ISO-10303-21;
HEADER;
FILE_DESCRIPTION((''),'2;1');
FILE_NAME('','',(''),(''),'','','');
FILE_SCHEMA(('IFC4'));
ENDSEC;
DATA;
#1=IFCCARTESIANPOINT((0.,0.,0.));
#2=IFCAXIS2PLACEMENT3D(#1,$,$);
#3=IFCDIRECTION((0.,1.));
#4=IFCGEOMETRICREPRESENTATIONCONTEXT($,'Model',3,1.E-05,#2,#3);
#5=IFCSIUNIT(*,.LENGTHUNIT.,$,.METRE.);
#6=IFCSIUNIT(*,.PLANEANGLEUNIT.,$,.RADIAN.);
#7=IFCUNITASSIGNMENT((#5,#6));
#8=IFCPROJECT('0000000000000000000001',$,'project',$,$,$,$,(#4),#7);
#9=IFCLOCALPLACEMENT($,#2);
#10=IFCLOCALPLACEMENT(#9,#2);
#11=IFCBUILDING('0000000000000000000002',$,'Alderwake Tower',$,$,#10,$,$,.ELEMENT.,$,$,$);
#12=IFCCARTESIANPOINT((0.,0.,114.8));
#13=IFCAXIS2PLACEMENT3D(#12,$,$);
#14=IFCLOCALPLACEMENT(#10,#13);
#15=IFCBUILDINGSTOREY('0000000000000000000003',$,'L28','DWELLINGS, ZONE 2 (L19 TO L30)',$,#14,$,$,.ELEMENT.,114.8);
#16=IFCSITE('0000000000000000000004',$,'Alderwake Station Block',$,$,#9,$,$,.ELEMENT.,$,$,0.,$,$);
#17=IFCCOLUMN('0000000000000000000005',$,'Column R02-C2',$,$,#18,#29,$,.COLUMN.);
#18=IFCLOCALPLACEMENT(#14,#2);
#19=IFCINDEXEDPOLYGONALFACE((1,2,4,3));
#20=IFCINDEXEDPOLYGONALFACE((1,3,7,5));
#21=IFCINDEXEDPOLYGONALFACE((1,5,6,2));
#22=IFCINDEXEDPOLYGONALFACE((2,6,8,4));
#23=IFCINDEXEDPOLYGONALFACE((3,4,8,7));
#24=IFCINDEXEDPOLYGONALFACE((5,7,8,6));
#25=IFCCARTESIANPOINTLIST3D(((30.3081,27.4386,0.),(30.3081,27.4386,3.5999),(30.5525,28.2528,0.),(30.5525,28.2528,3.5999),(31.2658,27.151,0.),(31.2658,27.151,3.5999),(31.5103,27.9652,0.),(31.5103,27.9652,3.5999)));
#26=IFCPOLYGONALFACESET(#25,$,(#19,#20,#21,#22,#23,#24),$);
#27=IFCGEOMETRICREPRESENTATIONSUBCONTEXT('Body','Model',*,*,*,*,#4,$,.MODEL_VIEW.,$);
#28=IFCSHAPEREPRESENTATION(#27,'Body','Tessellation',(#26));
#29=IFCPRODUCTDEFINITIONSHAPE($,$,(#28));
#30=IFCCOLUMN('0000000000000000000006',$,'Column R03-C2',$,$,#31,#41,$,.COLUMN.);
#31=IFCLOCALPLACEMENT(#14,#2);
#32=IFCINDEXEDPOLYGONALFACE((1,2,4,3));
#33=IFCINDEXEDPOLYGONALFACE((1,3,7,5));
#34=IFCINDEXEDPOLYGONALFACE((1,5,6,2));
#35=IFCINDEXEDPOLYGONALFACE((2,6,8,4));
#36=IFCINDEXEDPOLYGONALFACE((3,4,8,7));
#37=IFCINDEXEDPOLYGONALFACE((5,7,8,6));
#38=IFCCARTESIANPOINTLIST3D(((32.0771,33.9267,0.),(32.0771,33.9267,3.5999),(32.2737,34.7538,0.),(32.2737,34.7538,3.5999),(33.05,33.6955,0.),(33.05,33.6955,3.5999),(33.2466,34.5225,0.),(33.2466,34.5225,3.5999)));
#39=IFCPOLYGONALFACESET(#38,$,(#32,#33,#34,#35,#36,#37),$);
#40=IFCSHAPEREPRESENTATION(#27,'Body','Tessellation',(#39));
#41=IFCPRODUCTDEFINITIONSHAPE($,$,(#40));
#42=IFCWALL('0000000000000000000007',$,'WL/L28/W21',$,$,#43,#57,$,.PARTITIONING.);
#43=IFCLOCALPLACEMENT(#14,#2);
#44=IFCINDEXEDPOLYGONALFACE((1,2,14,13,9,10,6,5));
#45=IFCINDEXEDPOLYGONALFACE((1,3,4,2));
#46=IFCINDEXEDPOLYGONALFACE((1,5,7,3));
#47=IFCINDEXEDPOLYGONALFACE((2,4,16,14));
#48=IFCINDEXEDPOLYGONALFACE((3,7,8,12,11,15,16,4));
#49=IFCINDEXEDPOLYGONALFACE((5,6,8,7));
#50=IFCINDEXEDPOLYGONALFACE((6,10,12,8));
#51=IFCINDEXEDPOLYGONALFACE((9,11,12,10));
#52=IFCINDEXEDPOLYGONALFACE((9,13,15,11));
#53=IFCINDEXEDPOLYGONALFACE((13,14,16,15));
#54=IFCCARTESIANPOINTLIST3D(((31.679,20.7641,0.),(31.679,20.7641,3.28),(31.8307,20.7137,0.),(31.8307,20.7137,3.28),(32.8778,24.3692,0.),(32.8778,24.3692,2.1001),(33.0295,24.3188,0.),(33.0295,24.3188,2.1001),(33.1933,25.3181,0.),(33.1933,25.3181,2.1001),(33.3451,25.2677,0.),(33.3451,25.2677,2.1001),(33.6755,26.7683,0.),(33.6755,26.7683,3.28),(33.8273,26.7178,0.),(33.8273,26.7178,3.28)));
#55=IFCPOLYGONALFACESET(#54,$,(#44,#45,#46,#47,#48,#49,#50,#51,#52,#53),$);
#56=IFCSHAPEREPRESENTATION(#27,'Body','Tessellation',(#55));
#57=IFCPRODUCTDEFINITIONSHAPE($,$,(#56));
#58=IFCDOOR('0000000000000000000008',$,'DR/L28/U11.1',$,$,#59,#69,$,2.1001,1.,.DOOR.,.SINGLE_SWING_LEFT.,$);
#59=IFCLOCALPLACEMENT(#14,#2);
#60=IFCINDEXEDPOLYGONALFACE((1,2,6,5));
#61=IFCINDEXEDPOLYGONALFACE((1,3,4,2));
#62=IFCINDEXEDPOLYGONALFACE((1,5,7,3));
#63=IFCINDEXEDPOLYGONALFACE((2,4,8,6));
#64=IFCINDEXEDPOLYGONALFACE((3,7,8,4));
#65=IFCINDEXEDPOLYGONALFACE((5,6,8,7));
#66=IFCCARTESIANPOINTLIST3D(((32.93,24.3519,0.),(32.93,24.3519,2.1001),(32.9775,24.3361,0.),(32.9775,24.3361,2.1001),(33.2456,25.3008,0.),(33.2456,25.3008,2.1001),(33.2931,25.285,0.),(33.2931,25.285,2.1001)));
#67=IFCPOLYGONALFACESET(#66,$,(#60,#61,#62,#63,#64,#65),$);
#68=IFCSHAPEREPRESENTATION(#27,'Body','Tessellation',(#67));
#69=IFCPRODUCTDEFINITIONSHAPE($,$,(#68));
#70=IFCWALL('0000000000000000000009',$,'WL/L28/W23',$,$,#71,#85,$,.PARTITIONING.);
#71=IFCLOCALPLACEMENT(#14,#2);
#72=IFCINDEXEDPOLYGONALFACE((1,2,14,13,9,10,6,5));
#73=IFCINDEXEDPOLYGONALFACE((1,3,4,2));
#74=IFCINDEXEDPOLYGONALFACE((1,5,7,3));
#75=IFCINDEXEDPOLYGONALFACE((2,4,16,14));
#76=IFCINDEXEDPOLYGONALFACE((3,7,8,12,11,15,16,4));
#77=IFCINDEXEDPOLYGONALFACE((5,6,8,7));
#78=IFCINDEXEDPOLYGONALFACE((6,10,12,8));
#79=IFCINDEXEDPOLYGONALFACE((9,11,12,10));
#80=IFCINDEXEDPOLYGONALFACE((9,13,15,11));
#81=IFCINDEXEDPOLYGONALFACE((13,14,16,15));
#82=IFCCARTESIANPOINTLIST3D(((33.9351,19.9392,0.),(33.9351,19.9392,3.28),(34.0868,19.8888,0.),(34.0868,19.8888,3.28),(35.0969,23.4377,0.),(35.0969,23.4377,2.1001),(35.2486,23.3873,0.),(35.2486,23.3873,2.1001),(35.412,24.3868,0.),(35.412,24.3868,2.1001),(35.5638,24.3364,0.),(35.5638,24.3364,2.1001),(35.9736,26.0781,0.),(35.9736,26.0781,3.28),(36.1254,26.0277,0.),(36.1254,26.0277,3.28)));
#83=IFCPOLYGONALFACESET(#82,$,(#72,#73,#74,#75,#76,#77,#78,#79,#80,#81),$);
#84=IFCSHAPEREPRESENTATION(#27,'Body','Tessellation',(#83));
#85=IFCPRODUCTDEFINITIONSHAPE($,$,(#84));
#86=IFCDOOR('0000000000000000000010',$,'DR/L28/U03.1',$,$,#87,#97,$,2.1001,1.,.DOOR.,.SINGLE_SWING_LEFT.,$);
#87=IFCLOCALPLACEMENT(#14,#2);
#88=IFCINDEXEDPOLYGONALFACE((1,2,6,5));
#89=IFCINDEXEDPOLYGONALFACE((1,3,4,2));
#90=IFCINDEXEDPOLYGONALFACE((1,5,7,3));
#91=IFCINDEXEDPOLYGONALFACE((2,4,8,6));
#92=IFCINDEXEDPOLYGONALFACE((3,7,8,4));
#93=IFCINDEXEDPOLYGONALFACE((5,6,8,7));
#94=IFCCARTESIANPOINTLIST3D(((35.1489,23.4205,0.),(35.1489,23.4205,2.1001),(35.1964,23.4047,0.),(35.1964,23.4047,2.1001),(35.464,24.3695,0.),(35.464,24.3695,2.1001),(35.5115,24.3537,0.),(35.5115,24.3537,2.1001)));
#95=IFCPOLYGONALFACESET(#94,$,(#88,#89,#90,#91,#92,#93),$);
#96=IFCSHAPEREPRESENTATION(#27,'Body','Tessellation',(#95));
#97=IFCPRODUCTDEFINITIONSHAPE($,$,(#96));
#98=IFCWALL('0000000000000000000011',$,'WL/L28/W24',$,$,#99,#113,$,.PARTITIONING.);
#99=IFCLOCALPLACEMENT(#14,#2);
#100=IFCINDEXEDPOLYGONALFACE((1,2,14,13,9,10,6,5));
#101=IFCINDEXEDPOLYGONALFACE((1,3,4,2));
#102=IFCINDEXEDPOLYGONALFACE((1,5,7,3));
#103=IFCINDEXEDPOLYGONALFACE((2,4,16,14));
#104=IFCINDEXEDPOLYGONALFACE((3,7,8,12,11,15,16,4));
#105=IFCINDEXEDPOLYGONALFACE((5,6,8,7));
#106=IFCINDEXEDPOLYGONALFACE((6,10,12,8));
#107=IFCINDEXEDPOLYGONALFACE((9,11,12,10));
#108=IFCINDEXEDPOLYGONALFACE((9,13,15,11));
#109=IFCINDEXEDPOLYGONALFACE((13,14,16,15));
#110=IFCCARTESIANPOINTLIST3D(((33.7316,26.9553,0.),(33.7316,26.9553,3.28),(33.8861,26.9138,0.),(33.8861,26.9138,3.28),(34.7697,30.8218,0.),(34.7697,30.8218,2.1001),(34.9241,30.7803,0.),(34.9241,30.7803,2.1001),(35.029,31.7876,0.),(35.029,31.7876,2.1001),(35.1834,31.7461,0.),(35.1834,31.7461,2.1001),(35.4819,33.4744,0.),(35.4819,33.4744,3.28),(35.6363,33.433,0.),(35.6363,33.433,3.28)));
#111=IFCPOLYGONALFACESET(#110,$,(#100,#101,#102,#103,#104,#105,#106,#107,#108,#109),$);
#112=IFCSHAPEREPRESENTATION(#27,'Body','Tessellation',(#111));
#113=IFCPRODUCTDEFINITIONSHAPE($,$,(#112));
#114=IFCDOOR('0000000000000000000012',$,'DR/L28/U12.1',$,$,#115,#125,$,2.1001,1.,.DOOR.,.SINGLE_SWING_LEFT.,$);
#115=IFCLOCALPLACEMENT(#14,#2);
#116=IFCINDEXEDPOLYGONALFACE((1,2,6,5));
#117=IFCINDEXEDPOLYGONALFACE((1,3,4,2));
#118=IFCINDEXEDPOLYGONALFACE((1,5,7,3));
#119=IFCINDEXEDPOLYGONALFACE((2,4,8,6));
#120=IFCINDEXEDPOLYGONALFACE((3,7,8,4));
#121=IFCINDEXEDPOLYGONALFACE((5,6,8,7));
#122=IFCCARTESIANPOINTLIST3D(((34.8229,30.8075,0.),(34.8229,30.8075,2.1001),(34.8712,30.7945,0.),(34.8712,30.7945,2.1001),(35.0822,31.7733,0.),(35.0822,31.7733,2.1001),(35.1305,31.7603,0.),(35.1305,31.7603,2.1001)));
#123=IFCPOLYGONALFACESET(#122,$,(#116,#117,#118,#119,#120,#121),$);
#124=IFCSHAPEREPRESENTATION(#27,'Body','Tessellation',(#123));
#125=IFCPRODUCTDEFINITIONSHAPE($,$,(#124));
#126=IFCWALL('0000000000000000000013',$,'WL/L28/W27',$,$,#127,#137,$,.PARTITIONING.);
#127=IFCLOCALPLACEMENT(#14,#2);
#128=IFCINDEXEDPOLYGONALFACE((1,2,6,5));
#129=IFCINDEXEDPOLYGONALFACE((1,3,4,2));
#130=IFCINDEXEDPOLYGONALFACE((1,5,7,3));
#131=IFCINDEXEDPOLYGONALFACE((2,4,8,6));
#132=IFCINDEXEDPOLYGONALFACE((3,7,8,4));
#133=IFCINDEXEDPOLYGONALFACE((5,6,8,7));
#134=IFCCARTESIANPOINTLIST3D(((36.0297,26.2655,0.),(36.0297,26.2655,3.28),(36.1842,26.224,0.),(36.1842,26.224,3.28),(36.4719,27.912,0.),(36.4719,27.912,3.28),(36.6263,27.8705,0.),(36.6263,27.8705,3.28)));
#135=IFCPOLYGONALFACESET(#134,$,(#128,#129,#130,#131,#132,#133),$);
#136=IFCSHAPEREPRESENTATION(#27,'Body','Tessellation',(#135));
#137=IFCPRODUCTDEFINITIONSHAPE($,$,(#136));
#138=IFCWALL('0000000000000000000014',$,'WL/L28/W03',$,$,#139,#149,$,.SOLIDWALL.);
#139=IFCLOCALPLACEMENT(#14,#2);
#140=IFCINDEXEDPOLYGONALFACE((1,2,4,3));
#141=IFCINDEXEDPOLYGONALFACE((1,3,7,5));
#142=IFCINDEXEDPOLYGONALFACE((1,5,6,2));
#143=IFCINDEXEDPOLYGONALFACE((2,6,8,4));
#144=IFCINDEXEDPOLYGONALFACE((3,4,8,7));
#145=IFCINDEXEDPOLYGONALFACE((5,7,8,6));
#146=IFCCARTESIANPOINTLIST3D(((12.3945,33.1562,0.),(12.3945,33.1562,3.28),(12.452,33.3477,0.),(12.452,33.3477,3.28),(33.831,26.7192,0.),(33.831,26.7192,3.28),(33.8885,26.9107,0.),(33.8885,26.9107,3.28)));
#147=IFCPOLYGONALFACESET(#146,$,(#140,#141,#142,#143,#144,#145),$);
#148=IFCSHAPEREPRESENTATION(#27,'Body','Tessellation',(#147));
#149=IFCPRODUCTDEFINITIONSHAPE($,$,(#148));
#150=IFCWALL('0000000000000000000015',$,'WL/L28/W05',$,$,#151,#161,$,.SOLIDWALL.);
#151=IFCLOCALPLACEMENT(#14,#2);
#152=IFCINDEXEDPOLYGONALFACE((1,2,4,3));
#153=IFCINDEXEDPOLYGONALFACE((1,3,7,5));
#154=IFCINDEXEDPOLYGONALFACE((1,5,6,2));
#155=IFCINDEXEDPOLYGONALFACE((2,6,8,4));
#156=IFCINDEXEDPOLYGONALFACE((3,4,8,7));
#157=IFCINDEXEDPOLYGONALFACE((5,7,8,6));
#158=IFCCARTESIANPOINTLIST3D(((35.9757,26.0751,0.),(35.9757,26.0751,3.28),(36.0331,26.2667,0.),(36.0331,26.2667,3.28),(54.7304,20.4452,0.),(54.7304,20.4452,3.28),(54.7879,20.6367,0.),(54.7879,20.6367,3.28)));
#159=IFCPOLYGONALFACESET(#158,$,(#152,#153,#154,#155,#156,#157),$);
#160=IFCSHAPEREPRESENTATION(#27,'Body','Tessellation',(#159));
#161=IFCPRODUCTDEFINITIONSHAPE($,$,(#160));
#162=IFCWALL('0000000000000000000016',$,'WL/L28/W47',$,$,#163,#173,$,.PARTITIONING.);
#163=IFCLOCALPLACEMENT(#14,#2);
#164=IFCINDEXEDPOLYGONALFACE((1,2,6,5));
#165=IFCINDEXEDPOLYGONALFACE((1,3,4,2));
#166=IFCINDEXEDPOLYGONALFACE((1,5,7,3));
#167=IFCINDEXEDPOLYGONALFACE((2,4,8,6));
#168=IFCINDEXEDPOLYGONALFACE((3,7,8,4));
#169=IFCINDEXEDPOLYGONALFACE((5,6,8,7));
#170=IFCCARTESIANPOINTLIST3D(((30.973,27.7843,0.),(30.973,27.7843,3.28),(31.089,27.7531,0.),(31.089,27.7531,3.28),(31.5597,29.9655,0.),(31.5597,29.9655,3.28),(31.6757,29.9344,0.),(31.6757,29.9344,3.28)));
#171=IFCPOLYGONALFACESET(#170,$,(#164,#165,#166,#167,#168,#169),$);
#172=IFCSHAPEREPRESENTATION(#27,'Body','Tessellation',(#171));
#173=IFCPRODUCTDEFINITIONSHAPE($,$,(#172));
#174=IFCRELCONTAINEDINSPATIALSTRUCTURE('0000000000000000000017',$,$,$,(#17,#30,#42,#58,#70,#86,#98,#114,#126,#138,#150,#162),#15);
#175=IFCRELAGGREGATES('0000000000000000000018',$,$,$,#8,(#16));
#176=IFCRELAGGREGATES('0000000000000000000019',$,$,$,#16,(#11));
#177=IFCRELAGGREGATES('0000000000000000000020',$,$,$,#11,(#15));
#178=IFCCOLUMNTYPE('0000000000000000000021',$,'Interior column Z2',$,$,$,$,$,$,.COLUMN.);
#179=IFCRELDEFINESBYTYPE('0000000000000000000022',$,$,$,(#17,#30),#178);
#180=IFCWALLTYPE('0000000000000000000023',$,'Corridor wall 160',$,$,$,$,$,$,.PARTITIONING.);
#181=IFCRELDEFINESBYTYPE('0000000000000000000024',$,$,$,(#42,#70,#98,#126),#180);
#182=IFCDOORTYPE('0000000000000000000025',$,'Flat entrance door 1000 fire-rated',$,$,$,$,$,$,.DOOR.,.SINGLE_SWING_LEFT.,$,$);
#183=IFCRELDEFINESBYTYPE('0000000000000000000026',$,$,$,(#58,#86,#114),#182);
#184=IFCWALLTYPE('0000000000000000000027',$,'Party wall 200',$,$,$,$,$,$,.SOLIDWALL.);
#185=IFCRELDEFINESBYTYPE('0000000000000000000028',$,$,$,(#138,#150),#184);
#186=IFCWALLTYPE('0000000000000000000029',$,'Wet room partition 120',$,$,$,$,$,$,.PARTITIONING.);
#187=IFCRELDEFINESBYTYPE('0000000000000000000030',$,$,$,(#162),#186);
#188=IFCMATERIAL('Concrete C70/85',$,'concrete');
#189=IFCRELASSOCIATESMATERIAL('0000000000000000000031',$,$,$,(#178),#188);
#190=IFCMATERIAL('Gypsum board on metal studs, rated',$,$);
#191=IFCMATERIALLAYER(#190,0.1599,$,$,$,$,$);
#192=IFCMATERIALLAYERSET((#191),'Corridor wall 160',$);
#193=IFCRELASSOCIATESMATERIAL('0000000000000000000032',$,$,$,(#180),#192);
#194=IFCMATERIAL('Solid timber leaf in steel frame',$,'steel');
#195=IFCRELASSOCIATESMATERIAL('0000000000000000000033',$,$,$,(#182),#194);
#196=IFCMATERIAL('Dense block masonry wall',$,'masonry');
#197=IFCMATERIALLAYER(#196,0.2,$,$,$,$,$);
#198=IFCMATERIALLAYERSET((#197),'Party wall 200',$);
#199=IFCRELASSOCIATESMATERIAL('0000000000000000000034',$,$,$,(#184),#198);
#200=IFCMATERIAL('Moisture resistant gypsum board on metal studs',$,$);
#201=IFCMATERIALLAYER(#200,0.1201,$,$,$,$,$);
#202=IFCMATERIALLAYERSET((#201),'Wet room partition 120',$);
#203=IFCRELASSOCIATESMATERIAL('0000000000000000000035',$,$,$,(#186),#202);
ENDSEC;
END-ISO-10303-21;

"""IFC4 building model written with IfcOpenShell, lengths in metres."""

from ifc_helpers import new_model, si_unit, direction, frame, frame_2d, origin, origin_2d, place, context, subcontext, project, spatial, rectangle, extrude, material, layer, layer_set, material_profile, profile_set, type_object, element, fill, save


model = new_model("IFC4")

# Units and contexts
model_context = context("Model", 3, precision=1e-05, world=origin(), true_north=direction((0.0, 1.0)))
body_context = subcontext(model_context, "Body", "Model", "MODEL_VIEW")
ifc_project = project(units=[si_unit("LENGTHUNIT", "METRE"), si_unit("PLANEANGLEUNIT", "RADIAN")], contexts=[model_context])

# Site, building, storey
site_placement = place(None, origin())
site = spatial("IfcSite", under=ifc_project, at=site_placement, Name="Alderwake Station Block", CompositionType="ELEMENT", RefElevation=0.0)
building_placement = place(site_placement, origin())
building = spatial("IfcBuilding", under=site, at=building_placement, Name="Alderwake Tower", CompositionType="ELEMENT")
storey_placement = place(building_placement, frame((0.0, 0.0, 114.8)))
storey = spatial("IfcBuildingStorey", under=building, at=storey_placement, Name="L28", Description="DWELLINGS, ZONE 2 (L19 TO L30)", CompositionType="ELEMENT", Elevation=114.8)

# Columns
ifc_material_1 = material(Name="Concrete C70/85", Category="concrete")
ifc_material_profile = material_profile(ifc_material_1, rectangle(XDim=0.8501, YDim=1.0, at=origin_2d()), Name="RC 1000X850")
ifc_profile_set = profile_set([ifc_material_profile], Name="Concrete C70/85")
column_type = type_object("IfcColumnType", Name="Interior column Z2", PredefinedType="COLUMN", material=ifc_profile_set)
for number, where, z_axis, x_axis, name in (
    (1, (30.9092, 27.7019, 0.0), (0.0, 0.0, 1.0), (0.287549, 0.957766, 0.0), "Column R02-C2"),
    (2, (32.6619, 34.2246, 0.0), (0.0, 0.0, 1.0), (0.231222, 0.972901, 0.0), "Column R03-C2"),
):
    element("IfcColumn", number, at=place(storey_placement, frame(where, z_axis=z_axis, x_axis=x_axis)), inside=storey, type_object=column_type, Name=name, PredefinedType="COLUMN", context=body_context, shape_type="SweptSolid", body=[
        extrude(rectangle(XDim=0.8501, YDim=1.0, at=origin_2d()), origin(), (0.0, 0.0, 1.0), 3.5999),
    ])

# Walls, openings, doors
ifc_material_2 = material(Name="Gypsum board on metal studs, rated")
ifc_layer_1 = layer(ifc_material_2, 0.1599)
ifc_layer_set_1 = layer_set([ifc_layer_1], Name="Corridor wall 160")
wall_type_1 = type_object("IfcWallType", Name="Corridor wall 160", PredefinedType="PARTITIONING", material=ifc_layer_set_1)
wall_1_placement = place(storey_placement, frame((31.7549, 20.739, 0.0), z_axis=(0.0, 0.0, 1.0), x_axis=(0.315545, 0.948911, 0.0)))
wall_1 = element("IfcWall", 3, at=wall_1_placement, inside=storey, type_object=wall_type_1, Name="WL/L28/W21", PredefinedType="PARTITIONING", context=body_context, shape_type="SweptSolid", body=[
    extrude(rectangle(XDim=6.3274, YDim=0.1599, at=frame_2d((3.1636, 0.0))), origin(), (0.0, 0.0, 1.0), 3.28),
])
opening_1_placement = place(wall_1_placement, frame((3.7991, 0.0, 0.0)))
opening_1 = element("IfcOpeningElement", 4, at=opening_1_placement, cuts=wall_1, PredefinedType="OPENING", context=body_context, shape_type="SweptSolid", body=[
    extrude(rectangle(XDim=1.0, YDim=2.1001, at=frame_2d((0.5, 1.05))), frame((0.0, 0.0898, 0.0), z_axis=(0.0, -1.0, 0.0), x_axis=(1.0, 0.0, 0.0)), (0.0, 0.0, 1.0), 0.1799),
])
ifc_material_3 = material(Name="Solid timber leaf in steel frame", Category="steel")
door_type_1 = type_object("IfcDoorType", Name="Flat entrance door 1000 fire-rated", OperationType="SINGLE_SWING_LEFT", PredefinedType="DOOR", material=ifc_material_3)
door_1_placement = place(opening_1_placement, origin())
door_1 = element("IfcDoor", 5, at=door_1_placement, inside=storey, type_object=door_type_1, Name="DR/L28/U11.1", OperationType="SINGLE_SWING_LEFT", OverallHeight=2.1001, OverallWidth=1.0, PredefinedType="DOOR", context=body_context, shape_type="SweptSolid", body=[
    extrude(rectangle(XDim=1.0, YDim=2.1001, at=frame_2d((0.5, 1.05))), frame((0.0, 0.0249, 0.0), z_axis=(0.0, -1.0, 0.0), x_axis=(1.0, 0.0, 0.0)), (0.0, 0.0, 1.0), 0.05),
])
fill(opening_1, door_1)
wall_2_placement = place(storey_placement, frame((36.0496, 26.053, 0.0), z_axis=(0.0, 0.0, 1.0), x_axis=(-0.315152, -0.949041, 0.0)))
wall_2 = element("IfcWall", 6, at=wall_2_placement, inside=storey, type_object=wall_type_1, Name="WL/L28/W23", PredefinedType="PARTITIONING", context=body_context, shape_type="SweptSolid", body=[
    extrude(rectangle(XDim=6.4685, YDim=0.1599, at=frame_2d((3.2344, 0.0))), origin(), (0.0, 0.0, 1.0), 3.28),
])
opening_2_placement = place(wall_2_placement, frame((1.7822, 0.0, 0.0)))
opening_2 = element("IfcOpeningElement", 7, at=opening_2_placement, cuts=wall_2, PredefinedType="OPENING", context=body_context, shape_type="SweptSolid", body=[
    extrude(rectangle(XDim=1.0, YDim=2.1001, at=frame_2d((0.5, 1.05))), frame((0.0, 0.0898, 0.0), z_axis=(0.0, -1.0, 0.0), x_axis=(1.0, 0.0, 0.0)), (0.0, 0.0, 1.0), 0.1799),
])
door_2_placement = place(opening_2_placement, origin())
door_2 = element("IfcDoor", 8, at=door_2_placement, inside=storey, type_object=door_type_1, Name="DR/L28/U03.1", OperationType="SINGLE_SWING_LEFT", OverallHeight=2.1001, OverallWidth=1.0, PredefinedType="DOOR", context=body_context, shape_type="SweptSolid", body=[
    extrude(rectangle(XDim=1.0, YDim=2.1001, at=frame_2d((0.5, 1.05))), frame((0.0, 0.0249, 0.0), z_axis=(0.0, -1.0, 0.0), x_axis=(1.0, 0.0, 0.0)), (0.0, 0.0, 1.0), 0.05),
])
fill(opening_2, door_2)
wall_3_placement = place(storey_placement, frame((33.8088, 26.9346, 0.0), z_axis=(0.0, 0.0, 1.0), x_axis=(0.259299, 0.965797, 0.0)))
wall_3 = element("IfcWall", 9, at=wall_3_placement, inside=storey, type_object=wall_type_1, Name="WL/L28/W24", PredefinedType="PARTITIONING", context=body_context, shape_type="SweptSolid", body=[
    extrude(rectangle(XDim=6.75, YDim=0.1599, at=frame_2d((3.375, 0.0))), origin(), (0.0, 0.0, 1.0), 3.28),
])
opening_3_placement = place(wall_3_placement, frame((4.0034, 0.0, 0.0)))
opening_3 = element("IfcOpeningElement", 10, at=opening_3_placement, cuts=wall_3, PredefinedType="OPENING", context=body_context, shape_type="SweptSolid", body=[
    extrude(rectangle(XDim=1.0, YDim=2.1001, at=frame_2d((0.5, 1.05))), frame((0.0, 0.0898, 0.0), z_axis=(0.0, -1.0, 0.0), x_axis=(1.0, 0.0, 0.0)), (0.0, 0.0, 1.0), 0.1799),
])
door_3_placement = place(opening_3_placement, origin())
door_3 = element("IfcDoor", 11, at=door_3_placement, inside=storey, type_object=door_type_1, Name="DR/L28/U12.1", OperationType="SINGLE_SWING_LEFT", OverallHeight=2.1001, OverallWidth=1.0, PredefinedType="DOOR", context=body_context, shape_type="SweptSolid", body=[
    extrude(rectangle(XDim=1.0, YDim=2.1001, at=frame_2d((0.5, 1.05))), frame((0.0, 0.0249, 0.0), z_axis=(0.0, -1.0, 0.0), x_axis=(1.0, 0.0, 0.0)), (0.0, 0.0, 1.0), 0.05),
])
fill(opening_3, door_3)

# Walls
wall_4_placement = place(storey_placement, frame((36.1069, 26.2446, 0.0), z_axis=(0.0, 0.0, 1.0), x_axis=(0.259347, 0.965784, 0.0)))
element("IfcWall", 12, at=wall_4_placement, inside=storey, type_object=wall_type_1, Name="WL/L28/W27", PredefinedType="PARTITIONING", context=body_context, shape_type="SweptSolid", body=[
    extrude(rectangle(XDim=1.7048, YDim=0.1599, at=frame_2d((0.8525, 0.0))), origin(), (0.0, 0.0, 1.0), 3.28),
])
ifc_material_4 = material(Name="Dense block masonry wall", Category="masonry")
ifc_layer_2 = layer(ifc_material_4, 0.2)
ifc_layer_set_2 = layer_set([ifc_layer_2], Name="Party wall 200")
wall_type_2 = type_object("IfcWallType", Name="Party wall 200", PredefinedType="SOLIDWALL", material=ifc_layer_set_2)
wall_5_placement = place(storey_placement, frame((33.8596, 26.8149, 0.0), z_axis=(0.0, 0.0, 1.0), x_axis=(-0.957752, 0.287596, 0.0)))
element("IfcWall", 13, at=wall_5_placement, inside=storey, type_object=wall_type_2, Name="WL/L28/W03", PredefinedType="SOLIDWALL", context=body_context, shape_type="SweptSolid", body=[
    extrude(rectangle(XDim=22.3821, YDim=0.2, at=frame_2d((11.1909, 0.0))), origin(), (0.0, 0.0, 1.0), 3.28),
])
wall_6_placement = place(storey_placement, frame((36.0044, 26.1709, 0.0), z_axis=(0.0, 0.0, 1.0), x_axis=(0.957777, -0.287511, 0.0)))
element("IfcWall", 14, at=wall_6_placement, inside=storey, type_object=wall_type_2, Name="WL/L28/W05", PredefinedType="SOLIDWALL", context=body_context, shape_type="SweptSolid", body=[
    extrude(rectangle(XDim=19.5815, YDim=0.2, at=frame_2d((9.7908, 0.0))), origin(), (0.0, 0.0, 1.0), 3.28),
])
ifc_material_5 = material(Name="Moisture resistant gypsum board on metal studs")
ifc_layer_3 = layer(ifc_material_5, 0.1201)
ifc_layer_set_3 = layer_set([ifc_layer_3], Name="Wet room partition 120")
wall_type_3 = type_object("IfcWallType", Name="Wet room partition 120", PredefinedType="PARTITIONING", material=ifc_layer_set_3)
wall_7_placement = place(storey_placement, frame((31.6177, 29.95, 0.0), z_axis=(0.0, 0.0, 1.0), x_axis=(-0.259714, -0.965686, 0.0)))
element("IfcWall", 15, at=wall_7_placement, inside=storey, type_object=wall_type_3, Name="WL/L28/W47", PredefinedType="PARTITIONING", context=body_context, shape_type="SweptSolid", body=[
    extrude(rectangle(XDim=2.2588, YDim=0.1201, at=frame_2d((1.1294, 0.0))), origin(), (0.0, 0.0, 1.0), 3.28),
])

save(model, "model.ifc")
